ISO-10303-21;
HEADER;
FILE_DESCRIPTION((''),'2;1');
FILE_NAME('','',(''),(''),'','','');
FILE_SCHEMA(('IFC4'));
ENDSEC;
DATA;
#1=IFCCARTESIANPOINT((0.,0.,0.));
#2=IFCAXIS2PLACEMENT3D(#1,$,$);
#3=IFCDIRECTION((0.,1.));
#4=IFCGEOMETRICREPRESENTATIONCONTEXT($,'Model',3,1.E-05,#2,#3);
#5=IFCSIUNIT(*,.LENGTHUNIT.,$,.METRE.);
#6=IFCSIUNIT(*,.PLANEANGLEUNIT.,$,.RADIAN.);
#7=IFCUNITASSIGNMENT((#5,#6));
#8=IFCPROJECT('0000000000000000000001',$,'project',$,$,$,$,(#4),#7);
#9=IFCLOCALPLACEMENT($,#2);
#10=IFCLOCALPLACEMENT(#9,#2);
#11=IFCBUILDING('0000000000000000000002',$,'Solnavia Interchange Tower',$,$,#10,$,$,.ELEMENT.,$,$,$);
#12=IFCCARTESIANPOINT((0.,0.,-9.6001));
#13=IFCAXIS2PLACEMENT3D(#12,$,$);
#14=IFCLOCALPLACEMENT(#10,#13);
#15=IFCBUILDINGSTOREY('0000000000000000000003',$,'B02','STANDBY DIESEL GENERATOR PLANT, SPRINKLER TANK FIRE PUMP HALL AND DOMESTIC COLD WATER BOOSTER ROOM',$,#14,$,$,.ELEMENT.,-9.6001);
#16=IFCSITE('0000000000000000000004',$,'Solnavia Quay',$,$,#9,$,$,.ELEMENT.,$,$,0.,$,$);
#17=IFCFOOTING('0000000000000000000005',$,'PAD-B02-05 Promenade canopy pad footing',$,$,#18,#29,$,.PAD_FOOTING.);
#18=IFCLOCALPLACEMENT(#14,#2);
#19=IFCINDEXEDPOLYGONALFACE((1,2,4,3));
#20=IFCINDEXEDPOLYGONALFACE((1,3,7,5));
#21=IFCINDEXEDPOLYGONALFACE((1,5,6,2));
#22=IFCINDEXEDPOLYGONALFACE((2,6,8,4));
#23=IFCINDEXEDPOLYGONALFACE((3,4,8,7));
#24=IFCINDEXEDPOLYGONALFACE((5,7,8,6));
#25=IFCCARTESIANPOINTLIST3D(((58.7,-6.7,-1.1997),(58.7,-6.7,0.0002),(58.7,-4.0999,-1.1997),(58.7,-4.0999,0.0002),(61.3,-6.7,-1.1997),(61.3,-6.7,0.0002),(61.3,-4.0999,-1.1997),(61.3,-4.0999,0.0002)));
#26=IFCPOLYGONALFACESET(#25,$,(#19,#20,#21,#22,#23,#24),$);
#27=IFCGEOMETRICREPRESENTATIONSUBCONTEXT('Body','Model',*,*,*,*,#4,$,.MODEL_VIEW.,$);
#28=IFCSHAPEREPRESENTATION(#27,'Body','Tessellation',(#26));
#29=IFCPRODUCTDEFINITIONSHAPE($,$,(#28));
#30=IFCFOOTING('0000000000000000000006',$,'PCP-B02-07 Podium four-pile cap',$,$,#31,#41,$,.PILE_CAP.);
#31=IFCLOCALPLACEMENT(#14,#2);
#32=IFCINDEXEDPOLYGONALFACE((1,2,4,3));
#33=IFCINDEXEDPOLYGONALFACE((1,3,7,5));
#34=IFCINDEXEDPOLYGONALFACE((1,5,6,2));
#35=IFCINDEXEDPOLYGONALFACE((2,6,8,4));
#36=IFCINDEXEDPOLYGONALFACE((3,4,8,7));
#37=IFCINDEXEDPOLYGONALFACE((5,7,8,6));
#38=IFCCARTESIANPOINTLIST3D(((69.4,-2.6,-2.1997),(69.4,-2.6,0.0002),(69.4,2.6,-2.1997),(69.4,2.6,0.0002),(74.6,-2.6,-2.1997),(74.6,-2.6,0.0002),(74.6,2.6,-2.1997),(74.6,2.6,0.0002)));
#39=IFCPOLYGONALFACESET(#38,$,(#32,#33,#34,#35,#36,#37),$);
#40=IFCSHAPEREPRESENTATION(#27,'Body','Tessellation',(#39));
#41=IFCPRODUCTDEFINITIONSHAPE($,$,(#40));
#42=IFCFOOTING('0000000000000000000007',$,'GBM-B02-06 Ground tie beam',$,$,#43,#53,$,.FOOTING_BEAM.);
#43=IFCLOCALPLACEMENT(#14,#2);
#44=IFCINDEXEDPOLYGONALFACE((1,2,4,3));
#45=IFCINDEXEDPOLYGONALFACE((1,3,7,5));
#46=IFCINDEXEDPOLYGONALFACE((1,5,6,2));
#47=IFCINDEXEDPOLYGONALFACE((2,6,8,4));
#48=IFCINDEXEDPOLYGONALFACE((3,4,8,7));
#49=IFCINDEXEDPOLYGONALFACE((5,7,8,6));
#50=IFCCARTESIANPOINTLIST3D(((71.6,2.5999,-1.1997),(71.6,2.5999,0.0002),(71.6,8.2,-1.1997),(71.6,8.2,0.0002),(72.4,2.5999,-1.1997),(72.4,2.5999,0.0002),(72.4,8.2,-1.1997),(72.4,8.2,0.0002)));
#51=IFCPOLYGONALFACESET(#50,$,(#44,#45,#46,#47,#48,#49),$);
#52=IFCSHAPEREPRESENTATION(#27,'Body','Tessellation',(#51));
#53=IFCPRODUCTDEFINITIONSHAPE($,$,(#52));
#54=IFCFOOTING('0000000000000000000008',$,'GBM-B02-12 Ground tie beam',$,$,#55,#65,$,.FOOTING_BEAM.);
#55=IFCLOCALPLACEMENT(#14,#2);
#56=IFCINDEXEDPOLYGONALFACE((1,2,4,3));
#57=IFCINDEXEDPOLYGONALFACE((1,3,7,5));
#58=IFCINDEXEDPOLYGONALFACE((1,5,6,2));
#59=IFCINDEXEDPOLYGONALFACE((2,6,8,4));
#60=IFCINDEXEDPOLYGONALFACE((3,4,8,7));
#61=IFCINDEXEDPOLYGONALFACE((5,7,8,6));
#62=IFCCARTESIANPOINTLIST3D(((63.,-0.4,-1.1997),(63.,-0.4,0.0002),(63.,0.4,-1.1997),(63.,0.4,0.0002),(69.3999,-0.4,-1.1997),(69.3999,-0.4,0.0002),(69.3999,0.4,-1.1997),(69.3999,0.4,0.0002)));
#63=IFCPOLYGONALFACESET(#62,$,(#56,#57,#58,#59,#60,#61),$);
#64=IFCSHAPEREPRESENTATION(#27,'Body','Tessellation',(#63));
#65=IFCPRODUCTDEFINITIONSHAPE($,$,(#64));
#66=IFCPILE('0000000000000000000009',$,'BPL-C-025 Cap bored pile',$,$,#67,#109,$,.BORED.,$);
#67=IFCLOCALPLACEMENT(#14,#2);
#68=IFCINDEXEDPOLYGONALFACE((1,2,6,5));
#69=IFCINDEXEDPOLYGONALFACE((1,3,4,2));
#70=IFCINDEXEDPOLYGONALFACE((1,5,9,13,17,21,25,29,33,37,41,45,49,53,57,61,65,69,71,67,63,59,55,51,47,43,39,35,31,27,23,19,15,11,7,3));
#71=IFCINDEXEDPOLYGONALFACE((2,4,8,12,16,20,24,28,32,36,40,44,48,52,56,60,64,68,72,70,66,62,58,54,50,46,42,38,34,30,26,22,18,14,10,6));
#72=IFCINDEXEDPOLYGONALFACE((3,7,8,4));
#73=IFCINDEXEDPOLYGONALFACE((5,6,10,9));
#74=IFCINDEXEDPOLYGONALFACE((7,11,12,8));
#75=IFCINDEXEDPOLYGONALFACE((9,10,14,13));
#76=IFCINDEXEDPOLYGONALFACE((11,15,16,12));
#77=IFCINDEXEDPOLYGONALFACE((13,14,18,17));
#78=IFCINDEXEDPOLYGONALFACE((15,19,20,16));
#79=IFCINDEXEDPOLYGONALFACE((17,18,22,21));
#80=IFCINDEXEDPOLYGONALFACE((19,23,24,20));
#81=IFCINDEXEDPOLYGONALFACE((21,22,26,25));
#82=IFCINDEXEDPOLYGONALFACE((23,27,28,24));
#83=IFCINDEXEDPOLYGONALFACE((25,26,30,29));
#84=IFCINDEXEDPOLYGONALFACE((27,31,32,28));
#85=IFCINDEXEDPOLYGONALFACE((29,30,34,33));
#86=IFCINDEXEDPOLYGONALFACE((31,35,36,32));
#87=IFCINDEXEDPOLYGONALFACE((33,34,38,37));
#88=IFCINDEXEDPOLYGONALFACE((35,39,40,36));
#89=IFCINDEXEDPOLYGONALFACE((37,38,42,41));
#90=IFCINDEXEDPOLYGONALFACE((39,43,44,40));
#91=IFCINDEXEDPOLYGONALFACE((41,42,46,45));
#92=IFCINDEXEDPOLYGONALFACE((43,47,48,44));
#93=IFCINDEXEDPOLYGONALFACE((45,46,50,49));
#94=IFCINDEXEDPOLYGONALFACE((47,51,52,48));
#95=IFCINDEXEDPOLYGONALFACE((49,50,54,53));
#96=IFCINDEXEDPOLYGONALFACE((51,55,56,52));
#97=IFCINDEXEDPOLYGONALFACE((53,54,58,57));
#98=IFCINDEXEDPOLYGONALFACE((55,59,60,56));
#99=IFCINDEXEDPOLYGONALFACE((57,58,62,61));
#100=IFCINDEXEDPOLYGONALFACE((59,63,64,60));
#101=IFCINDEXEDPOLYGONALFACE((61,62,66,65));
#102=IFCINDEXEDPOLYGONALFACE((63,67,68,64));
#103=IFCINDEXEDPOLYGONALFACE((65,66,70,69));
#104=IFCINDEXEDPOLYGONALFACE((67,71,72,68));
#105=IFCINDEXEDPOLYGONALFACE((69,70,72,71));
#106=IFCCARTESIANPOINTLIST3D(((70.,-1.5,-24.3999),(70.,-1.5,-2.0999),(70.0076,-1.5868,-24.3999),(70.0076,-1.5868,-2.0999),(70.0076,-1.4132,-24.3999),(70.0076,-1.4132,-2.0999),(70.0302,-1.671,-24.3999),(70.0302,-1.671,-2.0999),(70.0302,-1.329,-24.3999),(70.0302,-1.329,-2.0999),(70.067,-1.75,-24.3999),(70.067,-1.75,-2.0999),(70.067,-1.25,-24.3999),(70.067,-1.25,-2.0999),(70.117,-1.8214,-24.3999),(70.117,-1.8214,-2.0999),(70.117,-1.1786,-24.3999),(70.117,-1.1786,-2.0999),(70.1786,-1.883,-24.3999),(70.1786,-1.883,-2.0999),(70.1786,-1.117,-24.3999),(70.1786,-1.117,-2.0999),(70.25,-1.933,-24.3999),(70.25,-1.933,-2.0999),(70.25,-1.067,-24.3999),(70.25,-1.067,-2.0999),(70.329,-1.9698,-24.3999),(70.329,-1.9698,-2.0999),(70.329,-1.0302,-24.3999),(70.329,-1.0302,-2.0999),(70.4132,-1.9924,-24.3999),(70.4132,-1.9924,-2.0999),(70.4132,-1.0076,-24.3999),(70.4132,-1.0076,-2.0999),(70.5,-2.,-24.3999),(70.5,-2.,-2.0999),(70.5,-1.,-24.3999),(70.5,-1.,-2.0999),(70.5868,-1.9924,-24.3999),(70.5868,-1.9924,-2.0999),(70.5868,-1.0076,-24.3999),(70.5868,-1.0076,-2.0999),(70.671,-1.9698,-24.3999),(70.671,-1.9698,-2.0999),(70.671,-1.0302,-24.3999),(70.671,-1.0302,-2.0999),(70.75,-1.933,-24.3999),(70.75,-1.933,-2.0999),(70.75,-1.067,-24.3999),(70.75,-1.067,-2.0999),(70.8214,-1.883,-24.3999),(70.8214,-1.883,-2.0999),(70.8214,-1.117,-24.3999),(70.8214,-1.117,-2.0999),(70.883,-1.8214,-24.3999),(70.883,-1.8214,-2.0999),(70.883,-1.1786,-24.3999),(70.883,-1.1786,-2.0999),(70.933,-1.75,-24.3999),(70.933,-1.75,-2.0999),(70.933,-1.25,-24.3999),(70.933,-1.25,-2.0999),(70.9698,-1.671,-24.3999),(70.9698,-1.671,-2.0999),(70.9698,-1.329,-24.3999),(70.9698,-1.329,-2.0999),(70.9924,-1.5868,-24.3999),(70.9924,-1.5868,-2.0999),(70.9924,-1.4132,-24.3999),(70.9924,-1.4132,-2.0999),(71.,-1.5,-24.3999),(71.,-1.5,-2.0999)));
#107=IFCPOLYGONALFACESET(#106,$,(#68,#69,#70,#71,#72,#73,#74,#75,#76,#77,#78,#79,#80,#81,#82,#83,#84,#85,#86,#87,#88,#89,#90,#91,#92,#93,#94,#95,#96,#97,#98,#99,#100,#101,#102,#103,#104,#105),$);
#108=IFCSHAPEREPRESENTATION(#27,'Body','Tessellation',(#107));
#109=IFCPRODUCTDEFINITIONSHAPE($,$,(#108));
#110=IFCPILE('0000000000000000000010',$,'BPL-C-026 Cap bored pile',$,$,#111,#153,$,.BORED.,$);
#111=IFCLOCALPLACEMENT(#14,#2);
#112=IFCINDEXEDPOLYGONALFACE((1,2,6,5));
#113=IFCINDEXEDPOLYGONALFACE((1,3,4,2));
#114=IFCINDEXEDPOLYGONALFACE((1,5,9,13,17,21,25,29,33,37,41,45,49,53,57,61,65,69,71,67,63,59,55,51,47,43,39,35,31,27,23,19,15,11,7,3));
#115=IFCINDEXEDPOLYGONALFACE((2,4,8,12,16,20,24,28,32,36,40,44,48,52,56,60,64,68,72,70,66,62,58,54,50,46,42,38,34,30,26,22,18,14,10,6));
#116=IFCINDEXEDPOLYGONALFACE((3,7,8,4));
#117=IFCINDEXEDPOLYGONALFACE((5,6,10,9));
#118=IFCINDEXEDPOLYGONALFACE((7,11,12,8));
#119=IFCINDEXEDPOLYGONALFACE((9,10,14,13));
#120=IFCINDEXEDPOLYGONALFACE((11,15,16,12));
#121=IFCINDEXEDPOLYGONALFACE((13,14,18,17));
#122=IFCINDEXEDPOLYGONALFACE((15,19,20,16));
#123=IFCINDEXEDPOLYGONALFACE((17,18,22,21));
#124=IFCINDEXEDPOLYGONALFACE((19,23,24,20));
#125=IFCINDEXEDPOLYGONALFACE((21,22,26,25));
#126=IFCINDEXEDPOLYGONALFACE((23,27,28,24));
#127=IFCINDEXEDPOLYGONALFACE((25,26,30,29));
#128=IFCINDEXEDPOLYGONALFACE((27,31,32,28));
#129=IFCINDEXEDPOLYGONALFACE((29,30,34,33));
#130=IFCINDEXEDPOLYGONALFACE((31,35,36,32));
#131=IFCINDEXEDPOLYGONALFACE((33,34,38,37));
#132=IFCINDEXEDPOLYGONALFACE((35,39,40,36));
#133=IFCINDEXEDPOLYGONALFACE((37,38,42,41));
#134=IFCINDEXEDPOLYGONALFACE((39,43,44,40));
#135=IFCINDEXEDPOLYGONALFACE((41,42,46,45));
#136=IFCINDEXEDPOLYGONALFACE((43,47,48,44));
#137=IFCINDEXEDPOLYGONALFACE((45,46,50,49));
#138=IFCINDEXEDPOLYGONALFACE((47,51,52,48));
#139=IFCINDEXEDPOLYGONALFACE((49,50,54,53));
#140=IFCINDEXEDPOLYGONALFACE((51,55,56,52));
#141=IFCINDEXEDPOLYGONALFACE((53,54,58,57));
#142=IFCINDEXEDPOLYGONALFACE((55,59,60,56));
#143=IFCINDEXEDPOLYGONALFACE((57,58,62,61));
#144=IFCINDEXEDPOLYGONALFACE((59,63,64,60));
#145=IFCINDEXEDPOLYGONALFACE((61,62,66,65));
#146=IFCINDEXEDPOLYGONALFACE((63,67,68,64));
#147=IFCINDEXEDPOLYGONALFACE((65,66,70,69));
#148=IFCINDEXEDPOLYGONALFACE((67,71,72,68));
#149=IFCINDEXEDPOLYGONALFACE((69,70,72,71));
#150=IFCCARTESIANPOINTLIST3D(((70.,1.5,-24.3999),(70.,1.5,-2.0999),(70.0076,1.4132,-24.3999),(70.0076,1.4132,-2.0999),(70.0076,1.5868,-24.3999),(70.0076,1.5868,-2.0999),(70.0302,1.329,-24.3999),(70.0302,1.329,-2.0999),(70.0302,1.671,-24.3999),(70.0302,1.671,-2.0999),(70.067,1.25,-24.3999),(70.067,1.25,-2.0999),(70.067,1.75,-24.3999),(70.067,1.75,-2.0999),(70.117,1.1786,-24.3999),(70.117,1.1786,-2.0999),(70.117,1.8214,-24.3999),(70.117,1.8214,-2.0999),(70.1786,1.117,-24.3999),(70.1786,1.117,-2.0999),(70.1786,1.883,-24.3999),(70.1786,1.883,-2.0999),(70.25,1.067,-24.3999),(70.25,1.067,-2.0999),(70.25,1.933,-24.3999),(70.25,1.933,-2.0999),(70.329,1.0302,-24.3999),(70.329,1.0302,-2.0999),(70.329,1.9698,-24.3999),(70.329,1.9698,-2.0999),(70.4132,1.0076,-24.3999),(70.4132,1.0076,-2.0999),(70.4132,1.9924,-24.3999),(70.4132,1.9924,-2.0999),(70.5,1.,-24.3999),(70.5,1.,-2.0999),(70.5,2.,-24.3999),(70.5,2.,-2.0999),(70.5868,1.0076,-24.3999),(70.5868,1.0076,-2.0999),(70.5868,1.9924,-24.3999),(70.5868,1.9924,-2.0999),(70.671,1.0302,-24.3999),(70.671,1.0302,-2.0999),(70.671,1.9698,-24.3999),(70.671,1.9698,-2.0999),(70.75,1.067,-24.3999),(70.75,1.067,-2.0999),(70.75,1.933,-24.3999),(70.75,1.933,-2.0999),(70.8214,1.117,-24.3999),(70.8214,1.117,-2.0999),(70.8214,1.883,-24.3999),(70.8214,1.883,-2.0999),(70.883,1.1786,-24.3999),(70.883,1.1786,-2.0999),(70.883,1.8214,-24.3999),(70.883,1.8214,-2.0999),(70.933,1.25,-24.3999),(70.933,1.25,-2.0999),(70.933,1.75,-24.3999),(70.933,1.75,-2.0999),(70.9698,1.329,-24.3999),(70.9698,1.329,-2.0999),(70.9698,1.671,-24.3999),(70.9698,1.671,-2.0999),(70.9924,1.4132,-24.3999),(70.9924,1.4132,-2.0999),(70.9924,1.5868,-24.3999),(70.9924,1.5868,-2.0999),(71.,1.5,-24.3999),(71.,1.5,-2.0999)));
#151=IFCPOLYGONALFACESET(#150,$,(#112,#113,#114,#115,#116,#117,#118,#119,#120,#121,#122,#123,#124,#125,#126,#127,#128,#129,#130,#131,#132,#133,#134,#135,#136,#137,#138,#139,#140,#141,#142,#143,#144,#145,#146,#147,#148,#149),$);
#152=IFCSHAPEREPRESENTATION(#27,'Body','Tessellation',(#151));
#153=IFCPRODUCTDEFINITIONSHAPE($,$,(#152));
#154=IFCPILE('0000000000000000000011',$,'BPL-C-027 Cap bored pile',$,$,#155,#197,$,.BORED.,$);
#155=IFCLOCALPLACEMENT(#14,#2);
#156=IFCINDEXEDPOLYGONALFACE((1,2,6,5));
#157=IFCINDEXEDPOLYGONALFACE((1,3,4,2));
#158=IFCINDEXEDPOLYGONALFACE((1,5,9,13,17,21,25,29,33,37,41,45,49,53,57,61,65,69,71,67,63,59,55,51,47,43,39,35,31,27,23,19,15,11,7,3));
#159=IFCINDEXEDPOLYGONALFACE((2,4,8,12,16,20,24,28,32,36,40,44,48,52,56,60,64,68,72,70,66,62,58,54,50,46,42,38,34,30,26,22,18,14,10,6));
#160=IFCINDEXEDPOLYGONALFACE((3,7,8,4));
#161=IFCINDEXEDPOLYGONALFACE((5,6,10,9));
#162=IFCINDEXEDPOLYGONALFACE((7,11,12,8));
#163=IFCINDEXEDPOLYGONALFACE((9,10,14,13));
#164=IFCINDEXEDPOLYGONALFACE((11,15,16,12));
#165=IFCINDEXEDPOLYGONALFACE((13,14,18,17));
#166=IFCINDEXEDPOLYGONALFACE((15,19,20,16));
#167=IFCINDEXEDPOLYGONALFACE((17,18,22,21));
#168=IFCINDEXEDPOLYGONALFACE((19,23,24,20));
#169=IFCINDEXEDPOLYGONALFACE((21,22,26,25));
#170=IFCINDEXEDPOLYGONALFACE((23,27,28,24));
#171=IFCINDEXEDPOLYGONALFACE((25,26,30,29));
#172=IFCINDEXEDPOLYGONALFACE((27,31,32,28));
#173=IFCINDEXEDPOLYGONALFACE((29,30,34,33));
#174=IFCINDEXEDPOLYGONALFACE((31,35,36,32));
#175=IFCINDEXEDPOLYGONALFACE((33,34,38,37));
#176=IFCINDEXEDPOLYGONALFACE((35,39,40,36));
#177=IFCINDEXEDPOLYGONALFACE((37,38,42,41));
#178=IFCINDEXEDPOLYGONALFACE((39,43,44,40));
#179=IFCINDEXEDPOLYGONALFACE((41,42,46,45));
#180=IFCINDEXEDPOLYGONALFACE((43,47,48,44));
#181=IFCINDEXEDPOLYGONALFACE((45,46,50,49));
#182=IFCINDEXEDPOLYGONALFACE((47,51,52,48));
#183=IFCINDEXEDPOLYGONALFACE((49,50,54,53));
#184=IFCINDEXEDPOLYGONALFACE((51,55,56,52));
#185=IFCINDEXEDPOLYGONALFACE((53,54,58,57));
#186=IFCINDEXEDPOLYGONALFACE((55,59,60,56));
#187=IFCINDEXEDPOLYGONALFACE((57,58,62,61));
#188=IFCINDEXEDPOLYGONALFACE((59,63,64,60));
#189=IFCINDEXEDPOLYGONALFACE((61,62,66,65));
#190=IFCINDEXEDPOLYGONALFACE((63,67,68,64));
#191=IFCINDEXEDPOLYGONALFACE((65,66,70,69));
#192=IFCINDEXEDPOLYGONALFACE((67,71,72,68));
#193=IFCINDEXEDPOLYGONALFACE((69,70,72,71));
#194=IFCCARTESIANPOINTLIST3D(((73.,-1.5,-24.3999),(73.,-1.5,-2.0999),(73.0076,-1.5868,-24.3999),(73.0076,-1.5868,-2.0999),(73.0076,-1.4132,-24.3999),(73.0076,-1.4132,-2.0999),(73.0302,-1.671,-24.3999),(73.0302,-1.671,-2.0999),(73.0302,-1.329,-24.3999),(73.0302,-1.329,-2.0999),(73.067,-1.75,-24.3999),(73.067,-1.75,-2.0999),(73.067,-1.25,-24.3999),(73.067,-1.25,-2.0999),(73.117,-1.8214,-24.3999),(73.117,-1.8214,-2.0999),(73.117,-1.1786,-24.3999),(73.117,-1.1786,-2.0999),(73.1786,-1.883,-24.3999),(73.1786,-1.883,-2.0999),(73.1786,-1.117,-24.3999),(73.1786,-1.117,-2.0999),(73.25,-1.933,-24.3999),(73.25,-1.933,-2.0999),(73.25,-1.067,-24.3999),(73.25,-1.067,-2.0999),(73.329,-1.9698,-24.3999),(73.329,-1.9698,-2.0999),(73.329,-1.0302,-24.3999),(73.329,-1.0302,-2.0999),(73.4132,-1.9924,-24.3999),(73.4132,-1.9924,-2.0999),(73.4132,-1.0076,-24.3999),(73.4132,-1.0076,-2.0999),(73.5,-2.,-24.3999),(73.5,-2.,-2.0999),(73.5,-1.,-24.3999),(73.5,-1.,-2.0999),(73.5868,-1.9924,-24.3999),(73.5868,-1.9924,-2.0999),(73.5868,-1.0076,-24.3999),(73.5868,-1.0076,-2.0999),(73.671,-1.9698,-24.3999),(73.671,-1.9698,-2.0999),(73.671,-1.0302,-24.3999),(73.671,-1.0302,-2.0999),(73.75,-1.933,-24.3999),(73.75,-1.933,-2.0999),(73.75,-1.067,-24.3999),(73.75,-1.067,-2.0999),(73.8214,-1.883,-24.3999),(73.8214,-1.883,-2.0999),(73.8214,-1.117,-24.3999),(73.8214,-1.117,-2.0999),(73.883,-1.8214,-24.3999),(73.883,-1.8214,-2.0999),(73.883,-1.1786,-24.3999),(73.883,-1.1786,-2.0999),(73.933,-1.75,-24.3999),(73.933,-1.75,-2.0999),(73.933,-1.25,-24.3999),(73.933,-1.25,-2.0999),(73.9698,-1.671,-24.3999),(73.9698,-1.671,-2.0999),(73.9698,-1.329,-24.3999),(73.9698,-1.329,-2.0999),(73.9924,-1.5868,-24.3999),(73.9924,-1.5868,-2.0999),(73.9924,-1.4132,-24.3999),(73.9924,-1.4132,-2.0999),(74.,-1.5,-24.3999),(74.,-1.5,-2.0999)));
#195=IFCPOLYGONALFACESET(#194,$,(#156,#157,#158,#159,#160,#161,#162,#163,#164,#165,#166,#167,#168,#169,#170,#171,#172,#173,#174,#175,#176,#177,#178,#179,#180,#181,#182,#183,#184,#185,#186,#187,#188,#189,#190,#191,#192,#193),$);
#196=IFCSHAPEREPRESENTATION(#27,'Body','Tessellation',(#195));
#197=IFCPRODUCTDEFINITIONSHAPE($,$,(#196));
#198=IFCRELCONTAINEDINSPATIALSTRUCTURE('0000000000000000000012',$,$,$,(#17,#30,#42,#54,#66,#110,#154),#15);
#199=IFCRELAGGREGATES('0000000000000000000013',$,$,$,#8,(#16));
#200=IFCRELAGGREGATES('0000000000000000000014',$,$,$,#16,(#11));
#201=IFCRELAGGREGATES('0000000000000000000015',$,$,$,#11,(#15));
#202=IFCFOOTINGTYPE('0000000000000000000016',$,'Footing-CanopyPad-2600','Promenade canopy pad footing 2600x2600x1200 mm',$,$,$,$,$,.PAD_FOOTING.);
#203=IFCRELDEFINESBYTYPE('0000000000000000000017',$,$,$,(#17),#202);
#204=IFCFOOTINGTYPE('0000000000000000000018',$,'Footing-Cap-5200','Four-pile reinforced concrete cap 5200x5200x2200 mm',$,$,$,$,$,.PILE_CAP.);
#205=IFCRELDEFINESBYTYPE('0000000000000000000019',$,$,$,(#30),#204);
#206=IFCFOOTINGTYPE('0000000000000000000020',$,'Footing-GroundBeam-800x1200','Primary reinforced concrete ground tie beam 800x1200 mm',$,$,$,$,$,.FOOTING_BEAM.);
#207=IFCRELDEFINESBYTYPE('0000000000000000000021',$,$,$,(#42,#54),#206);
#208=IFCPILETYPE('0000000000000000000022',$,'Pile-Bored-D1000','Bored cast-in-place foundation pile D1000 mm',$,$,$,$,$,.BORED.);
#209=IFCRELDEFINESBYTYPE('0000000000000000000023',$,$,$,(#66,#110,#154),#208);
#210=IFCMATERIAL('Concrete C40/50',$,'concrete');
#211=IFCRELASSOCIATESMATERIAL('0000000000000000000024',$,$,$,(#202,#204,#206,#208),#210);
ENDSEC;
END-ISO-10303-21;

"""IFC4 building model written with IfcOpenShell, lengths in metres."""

from ifc_helpers import new_model, si_unit, direction, frame, origin, origin_2d, place, context, subcontext, project, spatial, rectangle, circle, extrude, material, material_profile, profile_set, type_object, element, save


model = new_model("IFC4")

# Units and contexts
model_context = context("Model", 3, precision=1e-05, world=origin(), true_north=direction((0.0, 1.0)))
body_context = subcontext(model_context, "Body", "Model", "MODEL_VIEW")
ifc_project = project(units=[si_unit("LENGTHUNIT", "METRE"), si_unit("PLANEANGLEUNIT", "RADIAN")], contexts=[model_context])

# Site, building, storey
site_placement = place(None, origin())
site = spatial("IfcSite", under=ifc_project, at=site_placement, Name="Solnavia Quay", CompositionType="ELEMENT", RefElevation=0.0)
building_placement = place(site_placement, origin())
building = spatial("IfcBuilding", under=site, at=building_placement, Name="Solnavia Interchange Tower", CompositionType="ELEMENT")
storey_placement = place(building_placement, frame((0.0, 0.0, -9.6001)))
storey = spatial("IfcBuildingStorey", under=building, at=storey_placement, Name="B02", Description="STANDBY DIESEL GENERATOR PLANT, SPRINKLER TANK FIRE PUMP HALL AND DOMESTIC COLD WATER BOOSTER ROOM", CompositionType="ELEMENT", Elevation=-9.6001)

# Footings
ifc_material_1 = material(Name="Concrete C40/50", Category="concrete")
footing_type_1 = type_object("IfcFootingType", Name="Footing-CanopyPad-2600", Description="Promenade canopy pad footing 2600x2600x1200 mm", PredefinedType="PAD_FOOTING", material=ifc_material_1)
footing_1_placement = place(storey_placement, frame((60.0, -5.3999, -1.1997), z_axis=(0.0, 0.0, 1.0), x_axis=(1.0, 0.0, 0.0)))
element("IfcFooting", 1, at=footing_1_placement, inside=storey, type_object=footing_type_1, Name="PAD-B02-05 Promenade canopy pad footing", PredefinedType="PAD_FOOTING", context=body_context, shape_type="SweptSolid", body=[
    extrude(rectangle(XDim=2.6001, YDim=2.6001, at=origin_2d()), origin(), (0.0, 0.0, 1.0), 1.2),
])
footing_type_2 = type_object("IfcFootingType", Name="Footing-Cap-5200", Description="Four-pile reinforced concrete cap 5200x5200x2200 mm", PredefinedType="PILE_CAP", material=ifc_material_1)
footing_2_placement = place(storey_placement, frame((72.0, 0.0, -2.1997), z_axis=(0.0, 0.0, 1.0), x_axis=(1.0, 0.0, 0.0)))
element("IfcFooting", 2, at=footing_2_placement, inside=storey, type_object=footing_type_2, Name="PCP-B02-07 Podium four-pile cap", PredefinedType="PILE_CAP", context=body_context, shape_type="SweptSolid", body=[
    extrude(rectangle(XDim=5.2, YDim=5.2, at=origin_2d()), origin(), (0.0, 0.0, 1.0), 2.2),
])
footing_type_3 = type_object("IfcFootingType", Name="Footing-GroundBeam-800x1200", Description="Primary reinforced concrete ground tie beam 800x1200 mm", PredefinedType="FOOTING_BEAM", material=ifc_material_1)
footing_3_placement = place(storey_placement, frame((72.0, 5.3999, -1.1997), z_axis=(0.0, 0.0, 1.0), x_axis=(0.0, 1.0, 0.0)))
element("IfcFooting", 3, at=footing_3_placement, inside=storey, type_object=footing_type_3, Name="GBM-B02-06 Ground tie beam", PredefinedType="FOOTING_BEAM", context=body_context, shape_type="SweptSolid", body=[
    extrude(rectangle(XDim=5.6001, YDim=0.8, at=origin_2d()), origin(), (0.0, 0.0, 1.0), 1.2),
])
footing_4_placement = place(storey_placement, frame((66.2, 0.0, -1.1997), z_axis=(0.0, 0.0, 1.0), x_axis=(1.0, 0.0, 0.0)))
element("IfcFooting", 4, at=footing_4_placement, inside=storey, type_object=footing_type_3, Name="GBM-B02-12 Ground tie beam", PredefinedType="FOOTING_BEAM", context=body_context, shape_type="SweptSolid", body=[
    extrude(rectangle(XDim=6.3999, YDim=0.8, at=origin_2d()), origin(), (0.0, 0.0, 1.0), 1.2),
])

# Piles
ifc_material_profile_1 = material_profile(ifc_material_1, circle(Radius=0.5, at=origin_2d()), Name="PILE D1000")
ifc_profile_set_1 = profile_set([ifc_material_profile_1], Name="Concrete C40/50")
pile_type_1 = type_object("IfcPileType", Name="Pile-Bored-D1000", Description="Bored cast-in-place foundation pile D1000 mm", PredefinedType="BORED", material=ifc_profile_set_1)
for number, where, z_axis, x_axis, name in (
    (5, (70.5, -1.5, -2.0999), (0.0, 0.0, -1.0), (1.0, 0.0, 0.0), "BPL-C-025 Cap bored pile"),
    (6, (70.5, 1.5, -2.0999), (0.0, 0.0, -1.0), (1.0, 0.0, 0.0), "BPL-C-026 Cap bored pile"),
    (7, (73.5, -1.5, -2.0999), (0.0, 0.0, -1.0), (1.0, 0.0, 0.0), "BPL-C-027 Cap bored pile"),
):
    element("IfcPile", number, at=place(storey_placement, frame(where, z_axis=z_axis, x_axis=x_axis)), inside=storey, type_object=pile_type_1, Name=name, PredefinedType="BORED", context=body_context, shape_type="SweptSolid", body=[
        extrude(circle(Radius=0.5, at=origin_2d()), origin(), (0.0, 0.0, 1.0), 22.3),
    ])

save(model, "model.ifc")
